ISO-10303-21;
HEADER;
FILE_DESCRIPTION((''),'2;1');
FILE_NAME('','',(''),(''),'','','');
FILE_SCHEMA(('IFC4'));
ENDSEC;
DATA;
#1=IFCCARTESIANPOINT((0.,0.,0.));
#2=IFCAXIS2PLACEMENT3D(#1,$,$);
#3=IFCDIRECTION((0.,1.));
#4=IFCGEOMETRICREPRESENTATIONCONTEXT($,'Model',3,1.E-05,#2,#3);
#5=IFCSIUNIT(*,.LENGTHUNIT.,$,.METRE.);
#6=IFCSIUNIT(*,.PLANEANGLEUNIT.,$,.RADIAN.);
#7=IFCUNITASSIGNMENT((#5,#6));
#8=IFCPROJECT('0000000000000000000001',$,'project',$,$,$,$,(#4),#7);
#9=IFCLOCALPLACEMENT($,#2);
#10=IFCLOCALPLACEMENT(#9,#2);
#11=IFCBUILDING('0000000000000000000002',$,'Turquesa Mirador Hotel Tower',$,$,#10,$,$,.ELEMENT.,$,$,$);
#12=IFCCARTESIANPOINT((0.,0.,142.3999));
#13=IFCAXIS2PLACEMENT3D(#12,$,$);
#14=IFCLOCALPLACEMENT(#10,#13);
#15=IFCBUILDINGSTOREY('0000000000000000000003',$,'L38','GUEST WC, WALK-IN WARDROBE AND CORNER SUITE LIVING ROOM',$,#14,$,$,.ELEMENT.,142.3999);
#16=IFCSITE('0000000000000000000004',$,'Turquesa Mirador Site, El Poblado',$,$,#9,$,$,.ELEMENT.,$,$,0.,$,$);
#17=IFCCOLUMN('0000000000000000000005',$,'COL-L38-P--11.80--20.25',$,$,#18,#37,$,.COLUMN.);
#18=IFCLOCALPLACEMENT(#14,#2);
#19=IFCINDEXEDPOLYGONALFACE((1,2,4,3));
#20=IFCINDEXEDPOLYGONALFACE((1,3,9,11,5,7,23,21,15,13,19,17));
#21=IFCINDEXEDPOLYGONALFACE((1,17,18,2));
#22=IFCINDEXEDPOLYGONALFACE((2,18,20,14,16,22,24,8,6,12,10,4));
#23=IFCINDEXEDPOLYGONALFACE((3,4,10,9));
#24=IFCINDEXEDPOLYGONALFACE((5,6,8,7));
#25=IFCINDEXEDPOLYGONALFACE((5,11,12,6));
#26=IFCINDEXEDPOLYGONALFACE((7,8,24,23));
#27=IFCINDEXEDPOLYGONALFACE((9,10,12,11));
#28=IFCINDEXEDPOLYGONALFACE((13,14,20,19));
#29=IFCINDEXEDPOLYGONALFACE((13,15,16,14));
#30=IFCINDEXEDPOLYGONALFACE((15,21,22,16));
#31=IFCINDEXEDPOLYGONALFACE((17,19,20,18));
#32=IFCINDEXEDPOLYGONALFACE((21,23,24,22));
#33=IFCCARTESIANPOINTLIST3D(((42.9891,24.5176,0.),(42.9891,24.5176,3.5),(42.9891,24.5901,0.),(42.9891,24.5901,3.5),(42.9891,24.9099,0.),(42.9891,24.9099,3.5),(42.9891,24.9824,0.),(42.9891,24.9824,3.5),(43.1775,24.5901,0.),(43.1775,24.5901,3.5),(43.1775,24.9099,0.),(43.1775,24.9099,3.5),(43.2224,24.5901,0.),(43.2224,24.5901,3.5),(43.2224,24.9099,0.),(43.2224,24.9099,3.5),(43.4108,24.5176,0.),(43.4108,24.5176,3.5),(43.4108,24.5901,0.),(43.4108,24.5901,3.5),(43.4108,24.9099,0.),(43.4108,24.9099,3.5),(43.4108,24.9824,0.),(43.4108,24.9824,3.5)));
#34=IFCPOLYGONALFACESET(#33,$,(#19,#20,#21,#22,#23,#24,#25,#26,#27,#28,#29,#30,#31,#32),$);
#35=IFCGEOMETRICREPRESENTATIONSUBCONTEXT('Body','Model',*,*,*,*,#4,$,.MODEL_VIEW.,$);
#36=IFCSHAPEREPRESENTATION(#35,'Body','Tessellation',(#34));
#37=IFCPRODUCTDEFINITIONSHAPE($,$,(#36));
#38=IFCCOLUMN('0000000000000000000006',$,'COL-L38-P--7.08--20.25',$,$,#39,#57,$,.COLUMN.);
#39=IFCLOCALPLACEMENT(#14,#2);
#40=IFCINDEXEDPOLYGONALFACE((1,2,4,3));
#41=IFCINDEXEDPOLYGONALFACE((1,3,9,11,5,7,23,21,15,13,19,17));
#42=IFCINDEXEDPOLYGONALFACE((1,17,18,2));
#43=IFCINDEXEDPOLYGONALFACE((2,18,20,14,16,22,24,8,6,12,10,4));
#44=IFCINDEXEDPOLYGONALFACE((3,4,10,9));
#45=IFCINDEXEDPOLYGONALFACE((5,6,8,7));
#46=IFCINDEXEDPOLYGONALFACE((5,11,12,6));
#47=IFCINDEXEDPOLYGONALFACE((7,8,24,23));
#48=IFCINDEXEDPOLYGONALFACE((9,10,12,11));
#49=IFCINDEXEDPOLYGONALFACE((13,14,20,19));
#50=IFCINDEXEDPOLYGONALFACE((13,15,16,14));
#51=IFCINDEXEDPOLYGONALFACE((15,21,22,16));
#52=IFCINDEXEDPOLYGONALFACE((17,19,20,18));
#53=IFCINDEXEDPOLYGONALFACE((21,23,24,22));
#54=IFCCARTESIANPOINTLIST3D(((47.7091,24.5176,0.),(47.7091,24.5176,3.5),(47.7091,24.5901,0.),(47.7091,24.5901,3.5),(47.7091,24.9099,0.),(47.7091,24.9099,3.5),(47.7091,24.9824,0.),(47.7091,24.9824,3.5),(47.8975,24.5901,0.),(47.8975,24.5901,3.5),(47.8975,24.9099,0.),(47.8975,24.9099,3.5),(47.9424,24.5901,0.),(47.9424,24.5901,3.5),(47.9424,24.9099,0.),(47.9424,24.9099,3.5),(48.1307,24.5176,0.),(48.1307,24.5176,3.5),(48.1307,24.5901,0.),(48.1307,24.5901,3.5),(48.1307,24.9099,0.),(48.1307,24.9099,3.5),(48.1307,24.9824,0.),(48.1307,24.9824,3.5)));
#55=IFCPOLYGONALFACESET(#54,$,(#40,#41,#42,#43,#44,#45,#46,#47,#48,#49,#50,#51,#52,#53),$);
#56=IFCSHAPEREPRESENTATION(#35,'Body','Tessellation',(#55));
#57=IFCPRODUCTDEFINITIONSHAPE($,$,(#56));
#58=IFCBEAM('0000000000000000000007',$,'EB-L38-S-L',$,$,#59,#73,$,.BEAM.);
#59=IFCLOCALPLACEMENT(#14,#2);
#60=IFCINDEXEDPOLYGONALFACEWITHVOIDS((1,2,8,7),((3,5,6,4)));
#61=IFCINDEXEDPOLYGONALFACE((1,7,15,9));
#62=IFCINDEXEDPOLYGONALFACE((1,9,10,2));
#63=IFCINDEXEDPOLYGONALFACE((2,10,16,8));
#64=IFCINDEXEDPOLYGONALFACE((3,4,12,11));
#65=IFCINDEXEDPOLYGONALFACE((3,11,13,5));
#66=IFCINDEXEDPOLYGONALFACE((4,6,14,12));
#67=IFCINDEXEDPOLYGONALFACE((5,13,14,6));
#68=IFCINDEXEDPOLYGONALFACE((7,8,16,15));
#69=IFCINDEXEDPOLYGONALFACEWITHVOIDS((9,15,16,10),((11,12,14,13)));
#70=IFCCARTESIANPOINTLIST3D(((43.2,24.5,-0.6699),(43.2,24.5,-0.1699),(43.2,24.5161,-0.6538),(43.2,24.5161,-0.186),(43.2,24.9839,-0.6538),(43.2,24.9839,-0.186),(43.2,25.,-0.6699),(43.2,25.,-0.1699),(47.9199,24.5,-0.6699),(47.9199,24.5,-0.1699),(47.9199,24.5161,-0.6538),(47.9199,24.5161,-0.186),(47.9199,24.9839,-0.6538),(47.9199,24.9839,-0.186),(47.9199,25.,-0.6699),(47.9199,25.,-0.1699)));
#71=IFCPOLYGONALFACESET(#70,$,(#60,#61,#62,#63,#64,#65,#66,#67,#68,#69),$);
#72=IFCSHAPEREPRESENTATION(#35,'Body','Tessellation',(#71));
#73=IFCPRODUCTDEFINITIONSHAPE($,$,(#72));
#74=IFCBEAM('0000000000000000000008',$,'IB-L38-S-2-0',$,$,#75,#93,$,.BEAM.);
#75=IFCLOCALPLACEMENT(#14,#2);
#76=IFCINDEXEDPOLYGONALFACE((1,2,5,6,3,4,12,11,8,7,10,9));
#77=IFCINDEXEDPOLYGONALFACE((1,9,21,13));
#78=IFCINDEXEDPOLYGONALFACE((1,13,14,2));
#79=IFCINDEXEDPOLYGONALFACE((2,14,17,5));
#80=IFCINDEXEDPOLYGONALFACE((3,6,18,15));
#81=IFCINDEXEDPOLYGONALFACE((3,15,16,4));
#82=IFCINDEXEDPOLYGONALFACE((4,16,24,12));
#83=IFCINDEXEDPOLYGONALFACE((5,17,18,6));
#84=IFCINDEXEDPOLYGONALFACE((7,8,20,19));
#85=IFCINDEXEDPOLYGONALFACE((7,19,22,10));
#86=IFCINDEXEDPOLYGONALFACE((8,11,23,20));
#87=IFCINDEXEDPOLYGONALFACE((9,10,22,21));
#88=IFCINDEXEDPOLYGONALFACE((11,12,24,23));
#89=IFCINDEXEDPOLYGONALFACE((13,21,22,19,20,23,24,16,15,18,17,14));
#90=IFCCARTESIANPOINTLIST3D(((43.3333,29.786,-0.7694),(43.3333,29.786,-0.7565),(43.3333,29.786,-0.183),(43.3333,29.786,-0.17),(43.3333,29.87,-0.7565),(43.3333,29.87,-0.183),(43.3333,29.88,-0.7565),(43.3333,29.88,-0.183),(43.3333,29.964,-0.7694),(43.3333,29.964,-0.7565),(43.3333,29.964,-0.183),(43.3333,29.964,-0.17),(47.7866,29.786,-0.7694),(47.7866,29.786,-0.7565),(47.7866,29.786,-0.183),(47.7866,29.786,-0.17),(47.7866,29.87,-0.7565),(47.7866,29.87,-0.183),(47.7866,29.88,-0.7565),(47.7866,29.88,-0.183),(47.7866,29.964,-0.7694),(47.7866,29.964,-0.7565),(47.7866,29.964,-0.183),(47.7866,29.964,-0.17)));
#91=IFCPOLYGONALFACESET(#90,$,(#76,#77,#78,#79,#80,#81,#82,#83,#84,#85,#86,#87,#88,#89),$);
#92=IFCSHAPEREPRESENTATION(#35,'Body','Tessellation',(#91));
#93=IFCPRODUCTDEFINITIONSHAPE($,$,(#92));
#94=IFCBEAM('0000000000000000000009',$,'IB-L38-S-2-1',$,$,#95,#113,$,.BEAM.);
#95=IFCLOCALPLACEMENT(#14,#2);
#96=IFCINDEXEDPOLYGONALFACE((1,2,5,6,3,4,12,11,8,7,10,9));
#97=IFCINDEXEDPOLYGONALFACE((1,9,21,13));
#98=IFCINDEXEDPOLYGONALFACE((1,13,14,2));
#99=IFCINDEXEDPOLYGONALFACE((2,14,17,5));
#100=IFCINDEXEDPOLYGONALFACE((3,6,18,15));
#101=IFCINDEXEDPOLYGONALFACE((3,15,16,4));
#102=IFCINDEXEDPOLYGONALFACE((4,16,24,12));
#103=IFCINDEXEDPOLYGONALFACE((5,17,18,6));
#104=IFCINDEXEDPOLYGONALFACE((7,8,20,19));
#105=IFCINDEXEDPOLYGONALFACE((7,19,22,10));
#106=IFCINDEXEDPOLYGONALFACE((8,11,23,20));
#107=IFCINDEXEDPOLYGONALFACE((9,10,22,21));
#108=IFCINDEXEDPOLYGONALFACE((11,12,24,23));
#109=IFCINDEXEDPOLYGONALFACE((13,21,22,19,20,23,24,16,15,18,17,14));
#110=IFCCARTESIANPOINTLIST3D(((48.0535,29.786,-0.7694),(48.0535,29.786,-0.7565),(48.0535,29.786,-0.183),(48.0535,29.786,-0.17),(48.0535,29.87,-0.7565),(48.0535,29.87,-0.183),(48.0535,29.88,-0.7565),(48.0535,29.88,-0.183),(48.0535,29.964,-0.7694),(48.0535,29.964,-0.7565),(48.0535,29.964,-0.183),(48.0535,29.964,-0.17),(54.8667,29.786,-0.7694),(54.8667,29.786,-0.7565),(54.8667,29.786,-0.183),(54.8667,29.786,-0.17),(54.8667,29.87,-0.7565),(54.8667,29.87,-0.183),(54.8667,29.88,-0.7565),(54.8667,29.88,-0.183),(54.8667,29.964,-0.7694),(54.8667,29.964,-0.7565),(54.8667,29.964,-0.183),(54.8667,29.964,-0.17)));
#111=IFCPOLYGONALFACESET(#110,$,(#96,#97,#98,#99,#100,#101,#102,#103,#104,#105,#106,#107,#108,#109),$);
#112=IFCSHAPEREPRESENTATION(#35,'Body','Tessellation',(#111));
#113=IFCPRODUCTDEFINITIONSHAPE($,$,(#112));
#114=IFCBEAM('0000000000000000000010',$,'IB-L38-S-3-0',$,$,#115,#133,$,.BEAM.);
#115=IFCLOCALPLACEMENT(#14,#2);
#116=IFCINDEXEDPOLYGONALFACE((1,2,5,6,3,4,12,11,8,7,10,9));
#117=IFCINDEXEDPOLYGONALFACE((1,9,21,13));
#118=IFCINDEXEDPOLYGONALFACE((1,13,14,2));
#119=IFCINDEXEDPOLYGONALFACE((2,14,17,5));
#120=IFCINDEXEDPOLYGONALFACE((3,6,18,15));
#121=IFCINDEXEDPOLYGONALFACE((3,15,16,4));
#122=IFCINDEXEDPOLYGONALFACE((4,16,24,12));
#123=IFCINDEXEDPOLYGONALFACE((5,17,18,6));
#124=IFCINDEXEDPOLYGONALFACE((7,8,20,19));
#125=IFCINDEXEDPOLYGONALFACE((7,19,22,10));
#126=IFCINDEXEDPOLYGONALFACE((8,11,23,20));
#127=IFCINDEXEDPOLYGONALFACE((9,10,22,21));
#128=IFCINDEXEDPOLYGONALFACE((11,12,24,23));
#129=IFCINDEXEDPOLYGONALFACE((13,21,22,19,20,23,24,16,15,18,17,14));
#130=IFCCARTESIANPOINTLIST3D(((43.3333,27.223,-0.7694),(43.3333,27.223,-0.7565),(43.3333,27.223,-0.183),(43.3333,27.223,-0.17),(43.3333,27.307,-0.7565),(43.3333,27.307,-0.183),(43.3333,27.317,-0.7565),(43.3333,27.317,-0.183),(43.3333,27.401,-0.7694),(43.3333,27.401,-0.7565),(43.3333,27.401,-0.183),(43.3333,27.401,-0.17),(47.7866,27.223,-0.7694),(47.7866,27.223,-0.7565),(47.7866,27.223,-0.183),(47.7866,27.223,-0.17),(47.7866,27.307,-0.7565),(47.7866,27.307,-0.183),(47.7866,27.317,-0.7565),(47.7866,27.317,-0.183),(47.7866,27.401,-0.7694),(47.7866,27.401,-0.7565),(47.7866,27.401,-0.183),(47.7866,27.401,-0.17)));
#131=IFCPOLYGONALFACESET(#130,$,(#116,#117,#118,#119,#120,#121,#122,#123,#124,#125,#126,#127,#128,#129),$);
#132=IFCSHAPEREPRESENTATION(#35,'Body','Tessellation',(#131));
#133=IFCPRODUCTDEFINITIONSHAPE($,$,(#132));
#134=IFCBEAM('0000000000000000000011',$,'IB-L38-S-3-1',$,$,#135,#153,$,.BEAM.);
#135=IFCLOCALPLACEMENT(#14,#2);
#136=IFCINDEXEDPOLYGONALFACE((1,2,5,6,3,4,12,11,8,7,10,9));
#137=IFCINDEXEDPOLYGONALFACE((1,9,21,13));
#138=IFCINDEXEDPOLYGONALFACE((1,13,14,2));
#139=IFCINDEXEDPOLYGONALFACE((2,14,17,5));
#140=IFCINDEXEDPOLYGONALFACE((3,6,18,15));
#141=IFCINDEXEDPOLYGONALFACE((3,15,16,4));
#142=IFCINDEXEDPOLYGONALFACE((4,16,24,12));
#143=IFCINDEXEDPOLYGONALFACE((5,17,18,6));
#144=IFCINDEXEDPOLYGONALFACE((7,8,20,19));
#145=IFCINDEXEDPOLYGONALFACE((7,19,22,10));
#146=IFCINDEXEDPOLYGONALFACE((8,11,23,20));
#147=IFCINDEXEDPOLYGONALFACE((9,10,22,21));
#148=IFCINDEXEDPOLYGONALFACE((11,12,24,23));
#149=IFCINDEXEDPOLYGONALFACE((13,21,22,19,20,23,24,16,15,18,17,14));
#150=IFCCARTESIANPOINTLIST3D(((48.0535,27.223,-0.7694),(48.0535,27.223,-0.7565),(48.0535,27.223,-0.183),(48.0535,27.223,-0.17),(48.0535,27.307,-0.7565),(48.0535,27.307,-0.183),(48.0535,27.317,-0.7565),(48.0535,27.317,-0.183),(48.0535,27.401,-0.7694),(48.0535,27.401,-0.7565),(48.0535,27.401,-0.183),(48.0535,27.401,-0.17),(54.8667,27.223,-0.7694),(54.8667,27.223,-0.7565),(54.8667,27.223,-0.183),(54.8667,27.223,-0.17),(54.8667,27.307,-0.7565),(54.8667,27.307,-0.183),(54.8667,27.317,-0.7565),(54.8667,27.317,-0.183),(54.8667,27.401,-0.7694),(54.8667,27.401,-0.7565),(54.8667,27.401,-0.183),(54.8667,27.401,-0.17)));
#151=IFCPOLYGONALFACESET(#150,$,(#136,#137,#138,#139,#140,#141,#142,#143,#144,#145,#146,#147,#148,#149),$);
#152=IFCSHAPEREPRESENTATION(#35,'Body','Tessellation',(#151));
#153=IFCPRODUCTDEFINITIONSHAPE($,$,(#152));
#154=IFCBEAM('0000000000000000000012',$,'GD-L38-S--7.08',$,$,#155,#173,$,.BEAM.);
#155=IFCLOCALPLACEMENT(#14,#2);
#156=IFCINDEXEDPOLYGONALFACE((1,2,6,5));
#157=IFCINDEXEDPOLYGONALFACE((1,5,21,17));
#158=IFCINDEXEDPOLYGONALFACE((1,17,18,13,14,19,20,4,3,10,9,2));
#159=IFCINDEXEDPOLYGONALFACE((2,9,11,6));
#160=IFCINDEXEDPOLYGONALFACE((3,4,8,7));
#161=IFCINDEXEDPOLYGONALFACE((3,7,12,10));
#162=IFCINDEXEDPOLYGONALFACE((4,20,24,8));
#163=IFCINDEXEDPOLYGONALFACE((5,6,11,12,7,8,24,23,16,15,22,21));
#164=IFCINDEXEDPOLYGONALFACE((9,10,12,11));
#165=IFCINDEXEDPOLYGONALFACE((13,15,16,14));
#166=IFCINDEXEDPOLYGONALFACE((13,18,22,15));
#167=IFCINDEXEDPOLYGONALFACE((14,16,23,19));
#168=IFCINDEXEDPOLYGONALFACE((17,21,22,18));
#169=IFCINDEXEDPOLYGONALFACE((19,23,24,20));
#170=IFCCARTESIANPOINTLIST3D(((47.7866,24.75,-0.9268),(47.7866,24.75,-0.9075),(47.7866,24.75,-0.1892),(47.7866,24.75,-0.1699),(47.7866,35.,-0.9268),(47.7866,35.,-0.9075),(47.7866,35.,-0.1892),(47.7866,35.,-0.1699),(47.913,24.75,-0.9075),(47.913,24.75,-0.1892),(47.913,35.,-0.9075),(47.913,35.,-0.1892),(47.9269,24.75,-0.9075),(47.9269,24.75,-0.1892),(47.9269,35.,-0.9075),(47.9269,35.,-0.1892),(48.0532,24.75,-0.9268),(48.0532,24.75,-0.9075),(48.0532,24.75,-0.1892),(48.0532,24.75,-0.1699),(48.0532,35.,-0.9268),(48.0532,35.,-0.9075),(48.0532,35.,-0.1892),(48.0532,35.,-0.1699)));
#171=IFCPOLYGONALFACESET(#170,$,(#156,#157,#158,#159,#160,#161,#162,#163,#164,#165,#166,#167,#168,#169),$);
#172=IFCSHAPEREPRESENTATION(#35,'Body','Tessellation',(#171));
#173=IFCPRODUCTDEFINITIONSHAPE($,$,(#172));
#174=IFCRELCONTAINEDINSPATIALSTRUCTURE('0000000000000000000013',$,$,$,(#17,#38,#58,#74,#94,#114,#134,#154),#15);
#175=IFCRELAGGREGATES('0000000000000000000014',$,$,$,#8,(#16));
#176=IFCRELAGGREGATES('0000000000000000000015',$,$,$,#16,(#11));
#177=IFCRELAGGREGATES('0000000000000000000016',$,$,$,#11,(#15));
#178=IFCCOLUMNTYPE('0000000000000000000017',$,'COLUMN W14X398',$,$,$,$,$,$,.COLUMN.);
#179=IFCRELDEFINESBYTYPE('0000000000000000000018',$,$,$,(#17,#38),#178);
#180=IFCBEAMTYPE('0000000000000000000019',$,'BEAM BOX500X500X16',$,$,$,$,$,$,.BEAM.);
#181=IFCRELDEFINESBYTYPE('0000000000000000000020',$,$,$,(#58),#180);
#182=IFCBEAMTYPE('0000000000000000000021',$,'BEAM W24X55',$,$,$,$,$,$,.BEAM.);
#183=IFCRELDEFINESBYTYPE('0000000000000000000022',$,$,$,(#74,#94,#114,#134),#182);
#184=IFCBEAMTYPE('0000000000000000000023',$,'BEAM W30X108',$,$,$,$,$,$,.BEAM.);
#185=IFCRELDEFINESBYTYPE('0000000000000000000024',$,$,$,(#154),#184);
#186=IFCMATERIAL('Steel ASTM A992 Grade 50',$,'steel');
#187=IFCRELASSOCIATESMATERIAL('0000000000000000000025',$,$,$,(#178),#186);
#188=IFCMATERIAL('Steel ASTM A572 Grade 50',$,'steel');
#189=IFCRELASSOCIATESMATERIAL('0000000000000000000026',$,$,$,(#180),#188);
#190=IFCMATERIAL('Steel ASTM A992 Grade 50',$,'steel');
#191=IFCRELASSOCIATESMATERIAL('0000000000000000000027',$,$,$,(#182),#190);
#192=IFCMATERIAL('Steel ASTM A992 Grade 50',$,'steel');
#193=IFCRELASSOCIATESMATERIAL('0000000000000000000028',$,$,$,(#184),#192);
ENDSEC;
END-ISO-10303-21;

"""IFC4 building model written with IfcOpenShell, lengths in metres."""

from ifc_helpers import new_model, si_unit, direction, frame, origin, origin_2d, place, context, subcontext, project, spatial, hollow_rectangle, i_section, extrude, material, material_profile, profile_set, type_object, element, save


model = new_model("IFC4")

# Units and contexts
model_context = context("Model", 3, precision=1e-05, world=origin(), true_north=direction((0.0, 1.0)))
body_context = subcontext(model_context, "Body", "Model", "MODEL_VIEW")
ifc_project = project(units=[si_unit("LENGTHUNIT", "METRE"), si_unit("PLANEANGLEUNIT", "RADIAN")], contexts=[model_context])

# Site, building, storey
site_placement = place(None, origin())
site = spatial("IfcSite", under=ifc_project, at=site_placement, Name="Turquesa Mirador Site, El Poblado", CompositionType="ELEMENT", RefElevation=0.0)
building_placement = place(site_placement, origin())
building = spatial("IfcBuilding", under=site, at=building_placement, Name="Turquesa Mirador Hotel Tower", CompositionType="ELEMENT")
storey_placement = place(building_placement, frame((0.0, 0.0, 142.3999)))
storey = spatial("IfcBuildingStorey", under=building, at=storey_placement, Name="L38", Description="GUEST WC, WALK-IN WARDROBE AND CORNER SUITE LIVING ROOM", CompositionType="ELEMENT", Elevation=142.3999)

# Columns
ifc_material_1 = material(Name="Steel ASTM A992 Grade 50", Category="steel")
ifc_material_profile_1 = material_profile(ifc_material_1, i_section(OverallWidth=0.4216, OverallDepth=0.4648, WebThickness=0.0449, FlangeThickness=0.0725, at=origin_2d()), Name="W14X398")
ifc_profile_set_1 = profile_set([ifc_material_profile_1], Name="Steel ASTM A992 Grade 50")
column_type = type_object("IfcColumnType", Name="COLUMN W14X398", PredefinedType="COLUMN", material=ifc_profile_set_1)
for number, where, z_axis, x_axis, name in (
    (1, (43.2, 24.75, 0.0), (0.0, 0.0, 1.0), (1.0, 0.0, 0.0), "COL-L38-P--11.80--20.25"),
    (2, (47.9199, 24.75, 0.0), (0.0, 0.0, 1.0), (1.0, 0.0, 0.0), "COL-L38-P--7.08--20.25"),
):
    element("IfcColumn", number, at=place(storey_placement, frame(where, z_axis=z_axis, x_axis=x_axis)), inside=storey, type_object=column_type, Name=name, PredefinedType="COLUMN", context=body_context, shape_type="SweptSolid", body=[
        extrude(i_section(OverallWidth=0.4216, OverallDepth=0.4648, WebThickness=0.0449, FlangeThickness=0.0725, at=origin_2d()), origin(), (0.0, 0.0, 1.0), 3.5),
    ])

# Beams
ifc_material_2 = material(Name="Steel ASTM A572 Grade 50", Category="steel")
ifc_material_profile_2 = material_profile(ifc_material_2, hollow_rectangle(XDim=0.5, YDim=0.5, WallThickness=0.0161, at=origin_2d()), Name="BOX500X500X16")
ifc_profile_set_2 = profile_set([ifc_material_profile_2], Name="Steel ASTM A572 Grade 50")
beam_type_1 = type_object("IfcBeamType", Name="BEAM BOX500X500X16", PredefinedType="BEAM", material=ifc_profile_set_2)
beam_1_placement = place(storey_placement, frame((43.2, 24.75, -0.4199), z_axis=(1.0, 0.0, 0.0), x_axis=(0.0, 1.0, 0.0)))
element("IfcBeam", 3, at=beam_1_placement, inside=storey, type_object=beam_type_1, Name="EB-L38-S-L", PredefinedType="BEAM", context=body_context, shape_type="SweptSolid", body=[
    extrude(hollow_rectangle(XDim=0.5, YDim=0.5, WallThickness=0.0161, at=origin_2d()), origin(), (0.0, 0.0, 1.0), 4.72),
])
ifc_material_3 = material(Name="Steel ASTM A992 Grade 50", Category="steel")
ifc_material_profile_3 = material_profile(ifc_material_3, i_section(OverallWidth=0.178, OverallDepth=0.5994, WebThickness=0.01, FlangeThickness=0.0129, at=origin_2d()), Name="W24X55")
ifc_profile_set_3 = profile_set([ifc_material_profile_3], Name="Steel ASTM A992 Grade 50")
beam_type_2 = type_object("IfcBeamType", Name="BEAM W24X55", PredefinedType="BEAM", material=ifc_profile_set_3)
beam_2_placement = place(storey_placement, frame((43.3333, 29.875, -0.4697), z_axis=(1.0, 0.0, 0.0), x_axis=(0.0, 1.0, 0.0)))
element("IfcBeam", 4, at=beam_2_placement, inside=storey, type_object=beam_type_2, Name="IB-L38-S-2-0", PredefinedType="BEAM", context=body_context, shape_type="SweptSolid", body=[
    extrude(i_section(OverallWidth=0.178, OverallDepth=0.5994, WebThickness=0.01, FlangeThickness=0.0129, at=origin_2d()), origin(), (0.0, 0.0, 1.0), 4.4534),
])
beam_3_placement = place(storey_placement, frame((48.0535, 29.875, -0.4697), z_axis=(1.0, 0.0, 0.0), x_axis=(0.0, 1.0, 0.0)))
element("IfcBeam", 5, at=beam_3_placement, inside=storey, type_object=beam_type_2, Name="IB-L38-S-2-1", PredefinedType="BEAM", context=body_context, shape_type="SweptSolid", body=[
    extrude(i_section(OverallWidth=0.178, OverallDepth=0.5994, WebThickness=0.01, FlangeThickness=0.0129, at=origin_2d()), origin(), (0.0, 0.0, 1.0), 6.8132),
])
beam_4_placement = place(storey_placement, frame((43.3333, 27.312, -0.4697), z_axis=(1.0, 0.0, 0.0), x_axis=(0.0, 1.0, 0.0)))
element("IfcBeam", 6, at=beam_4_placement, inside=storey, type_object=beam_type_2, Name="IB-L38-S-3-0", PredefinedType="BEAM", context=body_context, shape_type="SweptSolid", body=[
    extrude(i_section(OverallWidth=0.178, OverallDepth=0.5994, WebThickness=0.01, FlangeThickness=0.0129, at=origin_2d()), origin(), (0.0, 0.0, 1.0), 4.4534),
])
beam_5_placement = place(storey_placement, frame((48.0535, 27.312, -0.4697), z_axis=(1.0, 0.0, 0.0), x_axis=(0.0, 1.0, 0.0)))
element("IfcBeam", 7, at=beam_5_placement, inside=storey, type_object=beam_type_2, Name="IB-L38-S-3-1", PredefinedType="BEAM", context=body_context, shape_type="SweptSolid", body=[
    extrude(i_section(OverallWidth=0.178, OverallDepth=0.5994, WebThickness=0.01, FlangeThickness=0.0129, at=origin_2d()), origin(), (0.0, 0.0, 1.0), 6.8132),
])
ifc_material_4 = material(Name="Steel ASTM A992 Grade 50", Category="steel")
ifc_material_profile_4 = material_profile(ifc_material_4, i_section(OverallWidth=0.2666, OverallDepth=0.7568, WebThickness=0.0139, FlangeThickness=0.0193, at=origin_2d()), Name="W30X108")
ifc_profile_set_4 = profile_set([ifc_material_profile_4], Name="Steel ASTM A992 Grade 50")
beam_type_3 = type_object("IfcBeamType", Name="BEAM W30X108", PredefinedType="BEAM", material=ifc_profile_set_4)
beam_6_placement = place(storey_placement, frame((47.9199, 24.75, -0.5483), z_axis=(0.0, 1.0, 0.0), x_axis=(-1.0, 0.0, 0.0)))
element("IfcBeam", 8, at=beam_6_placement, inside=storey, type_object=beam_type_3, Name="GD-L38-S--7.08", PredefinedType="BEAM", context=body_context, shape_type="SweptSolid", body=[
    extrude(i_section(OverallWidth=0.2666, OverallDepth=0.7568, WebThickness=0.0139, FlangeThickness=0.0193, at=origin_2d()), origin(), (0.0, 0.0, 1.0), 10.25),
])

save(model, "model.ifc")
